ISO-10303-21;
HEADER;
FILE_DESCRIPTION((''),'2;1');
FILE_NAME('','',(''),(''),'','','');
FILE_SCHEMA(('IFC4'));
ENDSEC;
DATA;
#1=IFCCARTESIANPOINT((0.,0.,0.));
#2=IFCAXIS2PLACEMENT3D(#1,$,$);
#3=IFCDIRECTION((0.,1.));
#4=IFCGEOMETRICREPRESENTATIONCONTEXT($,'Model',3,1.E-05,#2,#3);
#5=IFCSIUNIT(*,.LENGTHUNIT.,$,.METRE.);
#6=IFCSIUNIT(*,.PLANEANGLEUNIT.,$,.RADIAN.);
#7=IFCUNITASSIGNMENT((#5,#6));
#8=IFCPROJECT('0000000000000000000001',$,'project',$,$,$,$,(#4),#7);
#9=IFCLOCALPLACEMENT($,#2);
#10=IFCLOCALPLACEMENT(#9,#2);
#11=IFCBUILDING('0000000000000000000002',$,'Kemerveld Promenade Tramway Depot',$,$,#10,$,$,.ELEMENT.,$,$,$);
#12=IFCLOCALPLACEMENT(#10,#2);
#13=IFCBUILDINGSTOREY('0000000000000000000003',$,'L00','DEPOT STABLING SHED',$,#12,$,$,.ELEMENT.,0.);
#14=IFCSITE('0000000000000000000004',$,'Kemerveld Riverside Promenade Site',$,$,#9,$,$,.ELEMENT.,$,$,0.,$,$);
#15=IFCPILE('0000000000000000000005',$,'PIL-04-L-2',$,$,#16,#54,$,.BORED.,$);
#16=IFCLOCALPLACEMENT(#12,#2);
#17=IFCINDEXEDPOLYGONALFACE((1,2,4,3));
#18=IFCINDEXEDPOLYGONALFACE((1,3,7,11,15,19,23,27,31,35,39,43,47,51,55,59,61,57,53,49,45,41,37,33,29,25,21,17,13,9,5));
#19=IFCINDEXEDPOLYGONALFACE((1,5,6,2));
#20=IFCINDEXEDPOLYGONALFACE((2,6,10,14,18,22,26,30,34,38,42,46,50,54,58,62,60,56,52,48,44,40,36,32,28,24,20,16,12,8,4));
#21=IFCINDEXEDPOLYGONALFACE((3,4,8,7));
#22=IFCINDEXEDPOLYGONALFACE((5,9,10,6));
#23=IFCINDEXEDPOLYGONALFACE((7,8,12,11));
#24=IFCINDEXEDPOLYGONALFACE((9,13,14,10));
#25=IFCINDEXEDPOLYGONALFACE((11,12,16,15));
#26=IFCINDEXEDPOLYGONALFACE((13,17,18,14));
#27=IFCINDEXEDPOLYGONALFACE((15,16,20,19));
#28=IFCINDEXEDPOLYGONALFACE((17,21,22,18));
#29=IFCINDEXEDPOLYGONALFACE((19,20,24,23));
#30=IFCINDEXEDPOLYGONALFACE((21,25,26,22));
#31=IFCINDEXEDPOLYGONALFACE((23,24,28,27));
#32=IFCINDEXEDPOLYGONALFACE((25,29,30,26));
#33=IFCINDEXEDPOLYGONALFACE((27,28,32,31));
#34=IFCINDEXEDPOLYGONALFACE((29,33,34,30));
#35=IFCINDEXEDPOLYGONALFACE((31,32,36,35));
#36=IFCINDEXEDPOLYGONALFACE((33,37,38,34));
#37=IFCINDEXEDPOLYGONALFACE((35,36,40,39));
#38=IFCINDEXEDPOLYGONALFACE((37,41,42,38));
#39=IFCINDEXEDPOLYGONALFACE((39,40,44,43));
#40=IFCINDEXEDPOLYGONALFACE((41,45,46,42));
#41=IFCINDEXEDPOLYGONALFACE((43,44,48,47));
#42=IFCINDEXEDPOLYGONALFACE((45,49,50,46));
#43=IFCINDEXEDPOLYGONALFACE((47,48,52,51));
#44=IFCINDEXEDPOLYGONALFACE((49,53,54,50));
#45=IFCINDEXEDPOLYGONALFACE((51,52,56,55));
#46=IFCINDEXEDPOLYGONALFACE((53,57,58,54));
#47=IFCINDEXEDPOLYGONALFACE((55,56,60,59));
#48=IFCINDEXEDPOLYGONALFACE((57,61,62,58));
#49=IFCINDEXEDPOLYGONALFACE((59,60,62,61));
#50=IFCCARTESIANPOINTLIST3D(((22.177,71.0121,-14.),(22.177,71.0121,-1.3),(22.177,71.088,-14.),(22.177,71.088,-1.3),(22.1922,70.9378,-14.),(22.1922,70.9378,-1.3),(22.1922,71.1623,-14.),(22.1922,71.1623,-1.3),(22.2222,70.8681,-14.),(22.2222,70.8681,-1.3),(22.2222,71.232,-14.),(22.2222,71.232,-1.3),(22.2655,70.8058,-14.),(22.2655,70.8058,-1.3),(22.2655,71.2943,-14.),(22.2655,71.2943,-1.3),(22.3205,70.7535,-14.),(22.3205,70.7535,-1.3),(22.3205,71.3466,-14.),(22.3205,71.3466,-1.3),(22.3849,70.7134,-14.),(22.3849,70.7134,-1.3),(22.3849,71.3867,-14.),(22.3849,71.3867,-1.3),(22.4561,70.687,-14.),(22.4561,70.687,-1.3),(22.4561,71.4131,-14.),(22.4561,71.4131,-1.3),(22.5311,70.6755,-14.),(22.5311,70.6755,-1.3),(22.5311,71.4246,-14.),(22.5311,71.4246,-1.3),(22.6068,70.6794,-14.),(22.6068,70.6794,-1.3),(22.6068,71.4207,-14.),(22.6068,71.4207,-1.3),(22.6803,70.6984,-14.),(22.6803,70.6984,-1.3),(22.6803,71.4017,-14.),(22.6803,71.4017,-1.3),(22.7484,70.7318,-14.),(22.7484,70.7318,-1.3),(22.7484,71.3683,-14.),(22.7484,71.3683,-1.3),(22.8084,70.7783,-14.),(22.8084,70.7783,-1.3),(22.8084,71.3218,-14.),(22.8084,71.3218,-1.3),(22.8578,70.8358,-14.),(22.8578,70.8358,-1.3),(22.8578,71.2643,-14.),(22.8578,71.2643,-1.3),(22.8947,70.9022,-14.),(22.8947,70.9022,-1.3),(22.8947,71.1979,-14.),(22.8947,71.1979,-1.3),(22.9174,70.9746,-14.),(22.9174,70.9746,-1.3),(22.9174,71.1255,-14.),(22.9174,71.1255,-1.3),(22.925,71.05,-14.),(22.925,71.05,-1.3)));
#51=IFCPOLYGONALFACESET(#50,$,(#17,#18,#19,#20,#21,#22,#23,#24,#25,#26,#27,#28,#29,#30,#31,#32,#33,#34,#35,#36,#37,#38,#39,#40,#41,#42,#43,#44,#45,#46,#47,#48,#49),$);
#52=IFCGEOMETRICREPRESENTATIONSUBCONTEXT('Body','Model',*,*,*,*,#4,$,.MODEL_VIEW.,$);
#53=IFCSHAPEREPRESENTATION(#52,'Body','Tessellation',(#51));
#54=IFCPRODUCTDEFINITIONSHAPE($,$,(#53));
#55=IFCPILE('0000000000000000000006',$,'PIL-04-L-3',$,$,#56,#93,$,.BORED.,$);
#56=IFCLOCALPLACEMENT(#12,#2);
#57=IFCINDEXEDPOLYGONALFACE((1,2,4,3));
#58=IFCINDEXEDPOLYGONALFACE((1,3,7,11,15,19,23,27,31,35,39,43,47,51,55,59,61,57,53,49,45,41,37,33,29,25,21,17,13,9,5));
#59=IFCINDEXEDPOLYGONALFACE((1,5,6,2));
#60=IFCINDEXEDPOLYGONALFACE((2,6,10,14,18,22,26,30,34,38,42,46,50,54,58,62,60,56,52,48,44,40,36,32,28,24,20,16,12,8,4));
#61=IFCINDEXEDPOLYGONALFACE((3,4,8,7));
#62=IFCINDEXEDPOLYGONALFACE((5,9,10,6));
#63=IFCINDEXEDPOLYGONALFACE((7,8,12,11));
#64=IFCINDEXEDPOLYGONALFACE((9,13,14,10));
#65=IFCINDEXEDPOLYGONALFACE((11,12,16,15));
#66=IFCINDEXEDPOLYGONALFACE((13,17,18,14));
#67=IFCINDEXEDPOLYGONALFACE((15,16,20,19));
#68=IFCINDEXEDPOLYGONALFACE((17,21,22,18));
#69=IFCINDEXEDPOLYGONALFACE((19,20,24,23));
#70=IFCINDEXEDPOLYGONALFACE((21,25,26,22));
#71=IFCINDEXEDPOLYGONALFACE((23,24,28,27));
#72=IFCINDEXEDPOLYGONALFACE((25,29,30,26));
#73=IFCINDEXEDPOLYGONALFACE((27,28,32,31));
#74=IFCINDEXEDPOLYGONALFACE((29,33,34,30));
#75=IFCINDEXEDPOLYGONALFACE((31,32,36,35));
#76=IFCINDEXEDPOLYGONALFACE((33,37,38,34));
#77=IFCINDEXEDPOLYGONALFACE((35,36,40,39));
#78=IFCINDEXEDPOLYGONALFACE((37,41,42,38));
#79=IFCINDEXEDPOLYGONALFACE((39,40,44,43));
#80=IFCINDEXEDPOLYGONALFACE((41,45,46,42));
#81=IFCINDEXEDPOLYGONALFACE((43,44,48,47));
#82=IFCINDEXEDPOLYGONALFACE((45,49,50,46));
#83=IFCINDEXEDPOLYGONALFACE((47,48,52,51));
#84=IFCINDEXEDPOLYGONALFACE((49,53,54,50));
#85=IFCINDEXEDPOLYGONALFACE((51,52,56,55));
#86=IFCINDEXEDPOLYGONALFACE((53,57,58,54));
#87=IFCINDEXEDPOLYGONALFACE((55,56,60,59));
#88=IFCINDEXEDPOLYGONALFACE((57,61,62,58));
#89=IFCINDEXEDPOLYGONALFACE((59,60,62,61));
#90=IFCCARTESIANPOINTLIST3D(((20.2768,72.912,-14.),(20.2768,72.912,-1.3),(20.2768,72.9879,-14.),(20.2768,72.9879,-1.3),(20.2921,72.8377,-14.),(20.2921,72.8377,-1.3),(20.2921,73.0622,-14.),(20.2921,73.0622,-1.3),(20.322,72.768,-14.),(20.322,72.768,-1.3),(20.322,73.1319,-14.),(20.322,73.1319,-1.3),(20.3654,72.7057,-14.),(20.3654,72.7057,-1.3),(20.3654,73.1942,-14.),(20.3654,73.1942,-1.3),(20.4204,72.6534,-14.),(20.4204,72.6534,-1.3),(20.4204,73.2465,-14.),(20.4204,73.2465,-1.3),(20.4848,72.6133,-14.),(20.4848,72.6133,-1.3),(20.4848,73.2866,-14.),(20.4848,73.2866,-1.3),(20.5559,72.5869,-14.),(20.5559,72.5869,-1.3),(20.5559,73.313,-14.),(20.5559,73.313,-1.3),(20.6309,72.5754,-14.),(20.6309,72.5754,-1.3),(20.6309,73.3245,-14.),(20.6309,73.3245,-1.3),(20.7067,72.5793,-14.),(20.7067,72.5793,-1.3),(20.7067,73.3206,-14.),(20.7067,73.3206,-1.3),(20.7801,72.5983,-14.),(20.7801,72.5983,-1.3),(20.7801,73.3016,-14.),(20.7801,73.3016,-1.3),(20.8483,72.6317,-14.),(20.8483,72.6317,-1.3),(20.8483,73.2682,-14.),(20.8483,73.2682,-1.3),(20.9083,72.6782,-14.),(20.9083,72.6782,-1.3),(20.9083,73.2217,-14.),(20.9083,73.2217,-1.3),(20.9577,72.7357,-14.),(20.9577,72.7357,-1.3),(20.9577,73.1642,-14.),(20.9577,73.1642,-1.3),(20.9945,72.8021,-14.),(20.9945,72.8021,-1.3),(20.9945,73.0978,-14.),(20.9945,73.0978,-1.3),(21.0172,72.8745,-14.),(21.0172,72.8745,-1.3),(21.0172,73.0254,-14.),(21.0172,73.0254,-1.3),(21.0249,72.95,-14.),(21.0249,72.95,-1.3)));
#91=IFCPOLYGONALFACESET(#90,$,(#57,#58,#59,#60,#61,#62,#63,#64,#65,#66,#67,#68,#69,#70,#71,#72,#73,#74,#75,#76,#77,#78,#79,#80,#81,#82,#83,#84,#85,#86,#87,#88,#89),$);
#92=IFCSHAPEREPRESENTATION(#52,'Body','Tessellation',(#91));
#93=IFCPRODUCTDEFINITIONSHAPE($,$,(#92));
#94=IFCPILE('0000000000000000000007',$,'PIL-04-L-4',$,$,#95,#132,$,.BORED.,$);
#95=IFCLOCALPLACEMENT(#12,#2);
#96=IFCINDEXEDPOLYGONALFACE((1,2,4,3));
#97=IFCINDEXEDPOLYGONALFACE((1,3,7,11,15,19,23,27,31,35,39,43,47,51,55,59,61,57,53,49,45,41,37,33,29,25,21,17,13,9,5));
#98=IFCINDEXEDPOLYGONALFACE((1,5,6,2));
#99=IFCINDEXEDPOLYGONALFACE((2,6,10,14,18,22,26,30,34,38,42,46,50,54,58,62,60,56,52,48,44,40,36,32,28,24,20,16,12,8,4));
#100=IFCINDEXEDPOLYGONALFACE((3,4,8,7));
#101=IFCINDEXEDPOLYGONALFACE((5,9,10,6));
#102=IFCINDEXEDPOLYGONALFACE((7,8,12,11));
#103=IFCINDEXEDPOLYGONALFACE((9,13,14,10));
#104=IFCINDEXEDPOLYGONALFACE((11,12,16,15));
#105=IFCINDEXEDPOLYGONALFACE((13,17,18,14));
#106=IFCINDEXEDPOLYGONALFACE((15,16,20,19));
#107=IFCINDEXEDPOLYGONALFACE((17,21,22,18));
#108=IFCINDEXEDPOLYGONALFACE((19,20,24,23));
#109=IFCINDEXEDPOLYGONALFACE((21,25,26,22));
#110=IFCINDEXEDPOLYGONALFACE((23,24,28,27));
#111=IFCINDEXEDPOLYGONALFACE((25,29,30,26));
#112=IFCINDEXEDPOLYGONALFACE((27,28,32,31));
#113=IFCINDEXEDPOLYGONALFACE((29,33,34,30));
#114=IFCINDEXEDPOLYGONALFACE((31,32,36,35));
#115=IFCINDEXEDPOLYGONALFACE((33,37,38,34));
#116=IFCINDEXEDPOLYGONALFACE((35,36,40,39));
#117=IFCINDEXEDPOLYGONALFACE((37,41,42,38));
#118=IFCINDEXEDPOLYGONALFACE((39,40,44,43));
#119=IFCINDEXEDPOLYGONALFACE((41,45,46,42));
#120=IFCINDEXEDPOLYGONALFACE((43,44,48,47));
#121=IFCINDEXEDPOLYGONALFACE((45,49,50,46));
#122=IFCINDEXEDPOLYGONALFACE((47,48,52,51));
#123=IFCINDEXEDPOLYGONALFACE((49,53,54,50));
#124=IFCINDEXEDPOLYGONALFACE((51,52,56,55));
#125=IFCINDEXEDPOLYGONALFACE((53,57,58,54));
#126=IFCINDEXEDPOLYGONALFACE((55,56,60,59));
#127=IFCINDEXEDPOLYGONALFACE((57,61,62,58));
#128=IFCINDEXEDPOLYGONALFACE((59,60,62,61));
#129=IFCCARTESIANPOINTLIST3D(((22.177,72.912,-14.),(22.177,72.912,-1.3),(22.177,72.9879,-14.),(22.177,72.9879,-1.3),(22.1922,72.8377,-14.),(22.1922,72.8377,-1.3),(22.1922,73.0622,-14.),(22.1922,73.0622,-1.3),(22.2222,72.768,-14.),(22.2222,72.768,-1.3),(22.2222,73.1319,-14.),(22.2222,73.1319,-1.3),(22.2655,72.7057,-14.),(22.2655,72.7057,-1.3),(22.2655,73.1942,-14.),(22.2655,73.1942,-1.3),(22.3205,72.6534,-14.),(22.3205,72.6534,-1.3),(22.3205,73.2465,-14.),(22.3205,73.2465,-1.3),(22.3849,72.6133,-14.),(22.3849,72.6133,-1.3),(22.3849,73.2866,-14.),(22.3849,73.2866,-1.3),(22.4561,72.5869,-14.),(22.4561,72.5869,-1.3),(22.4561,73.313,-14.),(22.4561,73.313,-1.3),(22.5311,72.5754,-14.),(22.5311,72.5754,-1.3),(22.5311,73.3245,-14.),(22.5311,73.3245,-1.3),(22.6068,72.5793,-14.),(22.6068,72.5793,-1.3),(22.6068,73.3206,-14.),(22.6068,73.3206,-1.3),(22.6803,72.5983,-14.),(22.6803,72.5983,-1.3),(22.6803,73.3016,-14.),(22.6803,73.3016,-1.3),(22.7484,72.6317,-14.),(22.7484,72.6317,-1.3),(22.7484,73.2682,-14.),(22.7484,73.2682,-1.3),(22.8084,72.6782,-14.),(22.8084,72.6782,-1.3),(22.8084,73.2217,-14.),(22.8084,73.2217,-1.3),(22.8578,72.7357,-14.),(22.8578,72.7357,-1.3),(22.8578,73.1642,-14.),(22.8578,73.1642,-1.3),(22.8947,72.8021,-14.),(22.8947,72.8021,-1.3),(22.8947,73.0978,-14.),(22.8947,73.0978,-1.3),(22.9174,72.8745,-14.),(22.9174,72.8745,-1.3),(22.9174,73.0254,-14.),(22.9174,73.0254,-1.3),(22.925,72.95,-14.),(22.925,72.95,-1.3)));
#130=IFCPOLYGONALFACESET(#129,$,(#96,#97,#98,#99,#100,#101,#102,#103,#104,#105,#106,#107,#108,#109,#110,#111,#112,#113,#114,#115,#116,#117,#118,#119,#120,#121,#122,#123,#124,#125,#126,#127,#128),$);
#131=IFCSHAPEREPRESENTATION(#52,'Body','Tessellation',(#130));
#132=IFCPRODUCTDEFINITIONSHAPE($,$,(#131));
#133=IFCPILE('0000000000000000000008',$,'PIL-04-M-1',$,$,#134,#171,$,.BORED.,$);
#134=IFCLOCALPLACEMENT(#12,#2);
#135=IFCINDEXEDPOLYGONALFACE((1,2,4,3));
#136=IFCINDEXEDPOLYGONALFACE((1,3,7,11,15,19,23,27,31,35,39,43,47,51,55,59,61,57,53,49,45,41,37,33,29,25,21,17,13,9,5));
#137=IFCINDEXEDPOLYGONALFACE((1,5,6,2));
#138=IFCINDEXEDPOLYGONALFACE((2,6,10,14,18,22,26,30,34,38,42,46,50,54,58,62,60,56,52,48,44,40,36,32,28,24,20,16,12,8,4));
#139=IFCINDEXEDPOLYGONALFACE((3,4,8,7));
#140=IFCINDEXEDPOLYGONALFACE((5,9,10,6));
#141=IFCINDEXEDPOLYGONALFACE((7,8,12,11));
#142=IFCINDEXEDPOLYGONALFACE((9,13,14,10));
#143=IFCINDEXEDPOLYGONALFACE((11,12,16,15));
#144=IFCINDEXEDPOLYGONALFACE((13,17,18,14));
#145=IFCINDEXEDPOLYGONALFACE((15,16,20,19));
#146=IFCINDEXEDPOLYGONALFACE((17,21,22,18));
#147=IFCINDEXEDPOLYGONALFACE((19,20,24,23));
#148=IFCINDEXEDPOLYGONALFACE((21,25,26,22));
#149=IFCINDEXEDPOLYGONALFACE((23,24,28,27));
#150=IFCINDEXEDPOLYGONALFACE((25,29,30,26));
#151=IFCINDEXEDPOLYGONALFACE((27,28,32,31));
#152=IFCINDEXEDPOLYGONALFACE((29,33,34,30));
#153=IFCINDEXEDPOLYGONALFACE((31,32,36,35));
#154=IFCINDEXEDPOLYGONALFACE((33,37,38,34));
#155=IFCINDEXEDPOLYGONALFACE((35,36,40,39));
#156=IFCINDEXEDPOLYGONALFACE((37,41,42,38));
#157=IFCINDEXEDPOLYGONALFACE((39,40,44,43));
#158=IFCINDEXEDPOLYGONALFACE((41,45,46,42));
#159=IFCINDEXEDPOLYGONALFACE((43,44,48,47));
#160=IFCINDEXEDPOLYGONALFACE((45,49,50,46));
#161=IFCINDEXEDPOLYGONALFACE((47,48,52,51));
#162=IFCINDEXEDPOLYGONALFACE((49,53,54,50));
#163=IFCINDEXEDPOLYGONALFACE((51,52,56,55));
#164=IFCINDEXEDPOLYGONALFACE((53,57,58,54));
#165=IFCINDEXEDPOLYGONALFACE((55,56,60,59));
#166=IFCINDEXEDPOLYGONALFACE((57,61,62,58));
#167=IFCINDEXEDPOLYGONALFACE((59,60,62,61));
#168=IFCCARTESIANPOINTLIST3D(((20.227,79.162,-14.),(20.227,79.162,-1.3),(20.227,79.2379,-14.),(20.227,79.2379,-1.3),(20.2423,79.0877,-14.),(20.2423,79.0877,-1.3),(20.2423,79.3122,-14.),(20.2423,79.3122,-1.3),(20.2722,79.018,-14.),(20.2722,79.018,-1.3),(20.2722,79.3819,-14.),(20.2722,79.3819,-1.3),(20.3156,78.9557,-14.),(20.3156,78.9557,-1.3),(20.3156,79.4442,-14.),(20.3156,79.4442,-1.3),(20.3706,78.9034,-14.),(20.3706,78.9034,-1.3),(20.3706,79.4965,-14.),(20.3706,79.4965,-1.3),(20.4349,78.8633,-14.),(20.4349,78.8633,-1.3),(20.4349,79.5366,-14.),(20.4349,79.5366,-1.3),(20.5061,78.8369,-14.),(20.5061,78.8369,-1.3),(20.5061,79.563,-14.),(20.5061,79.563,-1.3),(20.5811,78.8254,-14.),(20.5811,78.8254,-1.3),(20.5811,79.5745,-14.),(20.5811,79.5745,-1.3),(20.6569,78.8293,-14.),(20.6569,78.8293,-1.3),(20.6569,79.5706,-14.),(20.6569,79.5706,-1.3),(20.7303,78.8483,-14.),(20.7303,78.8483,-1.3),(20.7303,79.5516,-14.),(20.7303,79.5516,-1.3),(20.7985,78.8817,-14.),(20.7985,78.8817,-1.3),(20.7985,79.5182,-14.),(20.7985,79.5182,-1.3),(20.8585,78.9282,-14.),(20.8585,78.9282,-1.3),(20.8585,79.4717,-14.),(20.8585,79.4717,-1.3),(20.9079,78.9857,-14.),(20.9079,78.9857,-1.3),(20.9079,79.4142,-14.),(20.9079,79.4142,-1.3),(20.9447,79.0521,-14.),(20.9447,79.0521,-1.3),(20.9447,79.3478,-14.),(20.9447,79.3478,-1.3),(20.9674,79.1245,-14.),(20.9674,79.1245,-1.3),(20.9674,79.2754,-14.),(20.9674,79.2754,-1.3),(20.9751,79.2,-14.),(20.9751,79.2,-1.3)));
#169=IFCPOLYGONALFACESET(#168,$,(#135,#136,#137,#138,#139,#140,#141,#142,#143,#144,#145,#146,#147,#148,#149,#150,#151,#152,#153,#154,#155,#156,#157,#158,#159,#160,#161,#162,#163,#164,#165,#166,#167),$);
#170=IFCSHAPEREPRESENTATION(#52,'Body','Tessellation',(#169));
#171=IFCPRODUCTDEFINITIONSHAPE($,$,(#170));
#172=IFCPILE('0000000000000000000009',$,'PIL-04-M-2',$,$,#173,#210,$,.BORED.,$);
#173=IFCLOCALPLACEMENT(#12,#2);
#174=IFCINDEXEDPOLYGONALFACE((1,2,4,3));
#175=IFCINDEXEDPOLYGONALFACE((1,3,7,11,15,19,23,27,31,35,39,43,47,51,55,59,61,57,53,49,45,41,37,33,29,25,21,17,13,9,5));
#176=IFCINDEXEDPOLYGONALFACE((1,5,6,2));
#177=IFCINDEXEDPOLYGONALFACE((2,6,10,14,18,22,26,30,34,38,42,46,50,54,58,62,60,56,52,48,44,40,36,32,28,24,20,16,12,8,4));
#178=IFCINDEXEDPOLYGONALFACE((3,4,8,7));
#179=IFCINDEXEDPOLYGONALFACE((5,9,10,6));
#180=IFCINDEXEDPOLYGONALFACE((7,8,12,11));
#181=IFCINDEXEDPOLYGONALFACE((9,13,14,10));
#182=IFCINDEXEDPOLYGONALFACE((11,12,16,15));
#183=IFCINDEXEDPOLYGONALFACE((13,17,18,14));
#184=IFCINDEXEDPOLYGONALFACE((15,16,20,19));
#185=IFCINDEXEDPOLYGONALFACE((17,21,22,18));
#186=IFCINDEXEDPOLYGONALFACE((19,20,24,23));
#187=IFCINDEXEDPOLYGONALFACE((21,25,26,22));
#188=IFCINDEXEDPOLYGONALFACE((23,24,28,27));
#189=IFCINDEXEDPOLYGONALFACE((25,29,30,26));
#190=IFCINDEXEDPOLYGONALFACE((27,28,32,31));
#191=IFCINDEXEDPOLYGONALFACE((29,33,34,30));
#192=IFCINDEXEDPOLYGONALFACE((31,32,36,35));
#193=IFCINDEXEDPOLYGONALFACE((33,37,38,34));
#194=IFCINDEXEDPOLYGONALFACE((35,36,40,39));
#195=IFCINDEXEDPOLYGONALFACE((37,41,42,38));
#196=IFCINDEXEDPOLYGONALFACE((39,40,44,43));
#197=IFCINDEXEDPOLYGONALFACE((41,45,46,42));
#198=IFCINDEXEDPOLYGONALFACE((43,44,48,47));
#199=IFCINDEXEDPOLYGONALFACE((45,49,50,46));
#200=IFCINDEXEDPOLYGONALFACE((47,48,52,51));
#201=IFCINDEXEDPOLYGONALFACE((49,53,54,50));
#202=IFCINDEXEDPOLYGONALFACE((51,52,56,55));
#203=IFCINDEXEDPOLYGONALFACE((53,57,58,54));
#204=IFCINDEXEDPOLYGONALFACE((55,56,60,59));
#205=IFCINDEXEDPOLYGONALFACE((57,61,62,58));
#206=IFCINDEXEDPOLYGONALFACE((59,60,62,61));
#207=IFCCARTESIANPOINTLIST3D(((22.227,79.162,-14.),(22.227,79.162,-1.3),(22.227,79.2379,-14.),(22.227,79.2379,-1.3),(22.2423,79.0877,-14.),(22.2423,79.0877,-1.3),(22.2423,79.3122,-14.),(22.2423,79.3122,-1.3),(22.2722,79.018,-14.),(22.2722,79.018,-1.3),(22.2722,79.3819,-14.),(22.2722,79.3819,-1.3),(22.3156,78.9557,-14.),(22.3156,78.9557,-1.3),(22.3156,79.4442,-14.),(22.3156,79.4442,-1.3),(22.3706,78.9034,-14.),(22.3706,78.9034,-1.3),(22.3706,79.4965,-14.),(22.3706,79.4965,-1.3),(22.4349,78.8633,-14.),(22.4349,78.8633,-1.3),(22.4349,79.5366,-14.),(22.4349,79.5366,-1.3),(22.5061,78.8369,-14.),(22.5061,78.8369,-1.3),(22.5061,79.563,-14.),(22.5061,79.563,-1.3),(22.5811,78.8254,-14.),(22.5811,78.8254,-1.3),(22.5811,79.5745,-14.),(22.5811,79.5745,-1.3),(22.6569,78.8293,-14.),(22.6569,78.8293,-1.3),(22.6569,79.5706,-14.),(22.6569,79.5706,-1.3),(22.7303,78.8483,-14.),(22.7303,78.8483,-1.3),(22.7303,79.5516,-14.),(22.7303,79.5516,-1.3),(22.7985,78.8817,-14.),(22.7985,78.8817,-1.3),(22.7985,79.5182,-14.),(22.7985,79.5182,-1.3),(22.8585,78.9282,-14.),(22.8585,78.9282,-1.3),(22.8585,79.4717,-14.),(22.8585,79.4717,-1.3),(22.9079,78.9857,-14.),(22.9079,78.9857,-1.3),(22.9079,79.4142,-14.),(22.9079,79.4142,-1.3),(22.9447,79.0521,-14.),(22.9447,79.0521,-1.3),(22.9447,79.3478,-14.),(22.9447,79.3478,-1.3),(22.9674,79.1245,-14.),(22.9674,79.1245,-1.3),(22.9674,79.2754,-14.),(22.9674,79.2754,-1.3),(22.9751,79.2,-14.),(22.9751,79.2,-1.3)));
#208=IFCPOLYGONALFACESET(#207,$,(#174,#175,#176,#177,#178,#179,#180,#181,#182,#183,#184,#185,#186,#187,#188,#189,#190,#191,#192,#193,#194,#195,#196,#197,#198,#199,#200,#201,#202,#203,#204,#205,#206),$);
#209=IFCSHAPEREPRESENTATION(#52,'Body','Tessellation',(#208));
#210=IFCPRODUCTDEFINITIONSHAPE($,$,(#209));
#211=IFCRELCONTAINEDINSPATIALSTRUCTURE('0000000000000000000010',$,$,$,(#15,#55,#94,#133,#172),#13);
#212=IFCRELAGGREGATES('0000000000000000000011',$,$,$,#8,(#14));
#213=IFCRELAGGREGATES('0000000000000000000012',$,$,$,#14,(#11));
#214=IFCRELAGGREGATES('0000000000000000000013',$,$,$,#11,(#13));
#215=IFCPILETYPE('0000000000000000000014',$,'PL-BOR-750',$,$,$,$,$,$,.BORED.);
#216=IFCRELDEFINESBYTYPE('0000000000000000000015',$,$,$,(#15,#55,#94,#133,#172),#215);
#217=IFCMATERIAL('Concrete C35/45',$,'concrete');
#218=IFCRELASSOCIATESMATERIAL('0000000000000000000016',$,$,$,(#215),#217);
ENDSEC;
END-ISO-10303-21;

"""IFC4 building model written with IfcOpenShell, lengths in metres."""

from ifc_helpers import new_model, si_unit, direction, frame, origin, origin_2d, place, context, subcontext, project, spatial, circle, extrude, material, material_profile, profile_set, type_object, element, save


model = new_model("IFC4")

# Units and contexts
model_context = context("Model", 3, precision=1e-05, world=origin(), true_north=direction((0.0, 1.0)))
body_context = subcontext(model_context, "Body", "Model", "MODEL_VIEW")
ifc_project = project(units=[si_unit("LENGTHUNIT", "METRE"), si_unit("PLANEANGLEUNIT", "RADIAN")], contexts=[model_context])

# Site, building, storey
site_placement = place(None, origin())
site = spatial("IfcSite", under=ifc_project, at=site_placement, Name="Kemerveld Riverside Promenade Site", CompositionType="ELEMENT", RefElevation=0.0)
building_placement = place(site_placement, origin())
building = spatial("IfcBuilding", under=site, at=building_placement, Name="Kemerveld Promenade Tramway Depot", CompositionType="ELEMENT")
storey_placement = place(building_placement, origin())
storey = spatial("IfcBuildingStorey", under=building, at=storey_placement, Name="L00", Description="DEPOT STABLING SHED", CompositionType="ELEMENT", Elevation=0.0)

# Shared definitions
ifc_material_1 = material(Name="Concrete C35/45", Category="concrete")

# Piles
ifc_material_profile_1 = material_profile(ifc_material_1, circle(Radius=0.375, at=origin_2d()), Name="PILE-D750")
ifc_profile_set_1 = profile_set([ifc_material_profile_1], Name="Concrete C35/45")
pile_type = type_object("IfcPileType", Name="PL-BOR-750", PredefinedType="BORED", material=ifc_profile_set_1)
for number, where, z_axis, x_axis, name in (
    (1, (22.55, 71.05, -1.3), (0.0, 0.0, -1.0), (1.0, 0.0, 0.0), "PIL-04-L-2"),
    (2, (20.6499, 72.95, -1.3), (0.0, 0.0, -1.0), (1.0, 0.0, 0.0), "PIL-04-L-3"),
    (3, (22.55, 72.95, -1.3), (0.0, 0.0, -1.0), (1.0, 0.0, 0.0), "PIL-04-L-4"),
    (4, (20.6001, 79.2, -1.3), (0.0, 0.0, -1.0), (1.0, 0.0, 0.0), "PIL-04-M-1"),
    (5, (22.6001, 79.2, -1.3), (0.0, 0.0, -1.0), (1.0, 0.0, 0.0), "PIL-04-M-2"),
):
    element("IfcPile", number, at=place(storey_placement, frame(where, z_axis=z_axis, x_axis=x_axis)), inside=storey, type_object=pile_type, Name=name, PredefinedType="BORED", context=body_context, shape_type="SweptSolid", body=[
        extrude(circle(Radius=0.375, at=origin_2d()), origin(), (0.0, 0.0, 1.0), 12.7),
    ])

save(model, "model.ifc")
